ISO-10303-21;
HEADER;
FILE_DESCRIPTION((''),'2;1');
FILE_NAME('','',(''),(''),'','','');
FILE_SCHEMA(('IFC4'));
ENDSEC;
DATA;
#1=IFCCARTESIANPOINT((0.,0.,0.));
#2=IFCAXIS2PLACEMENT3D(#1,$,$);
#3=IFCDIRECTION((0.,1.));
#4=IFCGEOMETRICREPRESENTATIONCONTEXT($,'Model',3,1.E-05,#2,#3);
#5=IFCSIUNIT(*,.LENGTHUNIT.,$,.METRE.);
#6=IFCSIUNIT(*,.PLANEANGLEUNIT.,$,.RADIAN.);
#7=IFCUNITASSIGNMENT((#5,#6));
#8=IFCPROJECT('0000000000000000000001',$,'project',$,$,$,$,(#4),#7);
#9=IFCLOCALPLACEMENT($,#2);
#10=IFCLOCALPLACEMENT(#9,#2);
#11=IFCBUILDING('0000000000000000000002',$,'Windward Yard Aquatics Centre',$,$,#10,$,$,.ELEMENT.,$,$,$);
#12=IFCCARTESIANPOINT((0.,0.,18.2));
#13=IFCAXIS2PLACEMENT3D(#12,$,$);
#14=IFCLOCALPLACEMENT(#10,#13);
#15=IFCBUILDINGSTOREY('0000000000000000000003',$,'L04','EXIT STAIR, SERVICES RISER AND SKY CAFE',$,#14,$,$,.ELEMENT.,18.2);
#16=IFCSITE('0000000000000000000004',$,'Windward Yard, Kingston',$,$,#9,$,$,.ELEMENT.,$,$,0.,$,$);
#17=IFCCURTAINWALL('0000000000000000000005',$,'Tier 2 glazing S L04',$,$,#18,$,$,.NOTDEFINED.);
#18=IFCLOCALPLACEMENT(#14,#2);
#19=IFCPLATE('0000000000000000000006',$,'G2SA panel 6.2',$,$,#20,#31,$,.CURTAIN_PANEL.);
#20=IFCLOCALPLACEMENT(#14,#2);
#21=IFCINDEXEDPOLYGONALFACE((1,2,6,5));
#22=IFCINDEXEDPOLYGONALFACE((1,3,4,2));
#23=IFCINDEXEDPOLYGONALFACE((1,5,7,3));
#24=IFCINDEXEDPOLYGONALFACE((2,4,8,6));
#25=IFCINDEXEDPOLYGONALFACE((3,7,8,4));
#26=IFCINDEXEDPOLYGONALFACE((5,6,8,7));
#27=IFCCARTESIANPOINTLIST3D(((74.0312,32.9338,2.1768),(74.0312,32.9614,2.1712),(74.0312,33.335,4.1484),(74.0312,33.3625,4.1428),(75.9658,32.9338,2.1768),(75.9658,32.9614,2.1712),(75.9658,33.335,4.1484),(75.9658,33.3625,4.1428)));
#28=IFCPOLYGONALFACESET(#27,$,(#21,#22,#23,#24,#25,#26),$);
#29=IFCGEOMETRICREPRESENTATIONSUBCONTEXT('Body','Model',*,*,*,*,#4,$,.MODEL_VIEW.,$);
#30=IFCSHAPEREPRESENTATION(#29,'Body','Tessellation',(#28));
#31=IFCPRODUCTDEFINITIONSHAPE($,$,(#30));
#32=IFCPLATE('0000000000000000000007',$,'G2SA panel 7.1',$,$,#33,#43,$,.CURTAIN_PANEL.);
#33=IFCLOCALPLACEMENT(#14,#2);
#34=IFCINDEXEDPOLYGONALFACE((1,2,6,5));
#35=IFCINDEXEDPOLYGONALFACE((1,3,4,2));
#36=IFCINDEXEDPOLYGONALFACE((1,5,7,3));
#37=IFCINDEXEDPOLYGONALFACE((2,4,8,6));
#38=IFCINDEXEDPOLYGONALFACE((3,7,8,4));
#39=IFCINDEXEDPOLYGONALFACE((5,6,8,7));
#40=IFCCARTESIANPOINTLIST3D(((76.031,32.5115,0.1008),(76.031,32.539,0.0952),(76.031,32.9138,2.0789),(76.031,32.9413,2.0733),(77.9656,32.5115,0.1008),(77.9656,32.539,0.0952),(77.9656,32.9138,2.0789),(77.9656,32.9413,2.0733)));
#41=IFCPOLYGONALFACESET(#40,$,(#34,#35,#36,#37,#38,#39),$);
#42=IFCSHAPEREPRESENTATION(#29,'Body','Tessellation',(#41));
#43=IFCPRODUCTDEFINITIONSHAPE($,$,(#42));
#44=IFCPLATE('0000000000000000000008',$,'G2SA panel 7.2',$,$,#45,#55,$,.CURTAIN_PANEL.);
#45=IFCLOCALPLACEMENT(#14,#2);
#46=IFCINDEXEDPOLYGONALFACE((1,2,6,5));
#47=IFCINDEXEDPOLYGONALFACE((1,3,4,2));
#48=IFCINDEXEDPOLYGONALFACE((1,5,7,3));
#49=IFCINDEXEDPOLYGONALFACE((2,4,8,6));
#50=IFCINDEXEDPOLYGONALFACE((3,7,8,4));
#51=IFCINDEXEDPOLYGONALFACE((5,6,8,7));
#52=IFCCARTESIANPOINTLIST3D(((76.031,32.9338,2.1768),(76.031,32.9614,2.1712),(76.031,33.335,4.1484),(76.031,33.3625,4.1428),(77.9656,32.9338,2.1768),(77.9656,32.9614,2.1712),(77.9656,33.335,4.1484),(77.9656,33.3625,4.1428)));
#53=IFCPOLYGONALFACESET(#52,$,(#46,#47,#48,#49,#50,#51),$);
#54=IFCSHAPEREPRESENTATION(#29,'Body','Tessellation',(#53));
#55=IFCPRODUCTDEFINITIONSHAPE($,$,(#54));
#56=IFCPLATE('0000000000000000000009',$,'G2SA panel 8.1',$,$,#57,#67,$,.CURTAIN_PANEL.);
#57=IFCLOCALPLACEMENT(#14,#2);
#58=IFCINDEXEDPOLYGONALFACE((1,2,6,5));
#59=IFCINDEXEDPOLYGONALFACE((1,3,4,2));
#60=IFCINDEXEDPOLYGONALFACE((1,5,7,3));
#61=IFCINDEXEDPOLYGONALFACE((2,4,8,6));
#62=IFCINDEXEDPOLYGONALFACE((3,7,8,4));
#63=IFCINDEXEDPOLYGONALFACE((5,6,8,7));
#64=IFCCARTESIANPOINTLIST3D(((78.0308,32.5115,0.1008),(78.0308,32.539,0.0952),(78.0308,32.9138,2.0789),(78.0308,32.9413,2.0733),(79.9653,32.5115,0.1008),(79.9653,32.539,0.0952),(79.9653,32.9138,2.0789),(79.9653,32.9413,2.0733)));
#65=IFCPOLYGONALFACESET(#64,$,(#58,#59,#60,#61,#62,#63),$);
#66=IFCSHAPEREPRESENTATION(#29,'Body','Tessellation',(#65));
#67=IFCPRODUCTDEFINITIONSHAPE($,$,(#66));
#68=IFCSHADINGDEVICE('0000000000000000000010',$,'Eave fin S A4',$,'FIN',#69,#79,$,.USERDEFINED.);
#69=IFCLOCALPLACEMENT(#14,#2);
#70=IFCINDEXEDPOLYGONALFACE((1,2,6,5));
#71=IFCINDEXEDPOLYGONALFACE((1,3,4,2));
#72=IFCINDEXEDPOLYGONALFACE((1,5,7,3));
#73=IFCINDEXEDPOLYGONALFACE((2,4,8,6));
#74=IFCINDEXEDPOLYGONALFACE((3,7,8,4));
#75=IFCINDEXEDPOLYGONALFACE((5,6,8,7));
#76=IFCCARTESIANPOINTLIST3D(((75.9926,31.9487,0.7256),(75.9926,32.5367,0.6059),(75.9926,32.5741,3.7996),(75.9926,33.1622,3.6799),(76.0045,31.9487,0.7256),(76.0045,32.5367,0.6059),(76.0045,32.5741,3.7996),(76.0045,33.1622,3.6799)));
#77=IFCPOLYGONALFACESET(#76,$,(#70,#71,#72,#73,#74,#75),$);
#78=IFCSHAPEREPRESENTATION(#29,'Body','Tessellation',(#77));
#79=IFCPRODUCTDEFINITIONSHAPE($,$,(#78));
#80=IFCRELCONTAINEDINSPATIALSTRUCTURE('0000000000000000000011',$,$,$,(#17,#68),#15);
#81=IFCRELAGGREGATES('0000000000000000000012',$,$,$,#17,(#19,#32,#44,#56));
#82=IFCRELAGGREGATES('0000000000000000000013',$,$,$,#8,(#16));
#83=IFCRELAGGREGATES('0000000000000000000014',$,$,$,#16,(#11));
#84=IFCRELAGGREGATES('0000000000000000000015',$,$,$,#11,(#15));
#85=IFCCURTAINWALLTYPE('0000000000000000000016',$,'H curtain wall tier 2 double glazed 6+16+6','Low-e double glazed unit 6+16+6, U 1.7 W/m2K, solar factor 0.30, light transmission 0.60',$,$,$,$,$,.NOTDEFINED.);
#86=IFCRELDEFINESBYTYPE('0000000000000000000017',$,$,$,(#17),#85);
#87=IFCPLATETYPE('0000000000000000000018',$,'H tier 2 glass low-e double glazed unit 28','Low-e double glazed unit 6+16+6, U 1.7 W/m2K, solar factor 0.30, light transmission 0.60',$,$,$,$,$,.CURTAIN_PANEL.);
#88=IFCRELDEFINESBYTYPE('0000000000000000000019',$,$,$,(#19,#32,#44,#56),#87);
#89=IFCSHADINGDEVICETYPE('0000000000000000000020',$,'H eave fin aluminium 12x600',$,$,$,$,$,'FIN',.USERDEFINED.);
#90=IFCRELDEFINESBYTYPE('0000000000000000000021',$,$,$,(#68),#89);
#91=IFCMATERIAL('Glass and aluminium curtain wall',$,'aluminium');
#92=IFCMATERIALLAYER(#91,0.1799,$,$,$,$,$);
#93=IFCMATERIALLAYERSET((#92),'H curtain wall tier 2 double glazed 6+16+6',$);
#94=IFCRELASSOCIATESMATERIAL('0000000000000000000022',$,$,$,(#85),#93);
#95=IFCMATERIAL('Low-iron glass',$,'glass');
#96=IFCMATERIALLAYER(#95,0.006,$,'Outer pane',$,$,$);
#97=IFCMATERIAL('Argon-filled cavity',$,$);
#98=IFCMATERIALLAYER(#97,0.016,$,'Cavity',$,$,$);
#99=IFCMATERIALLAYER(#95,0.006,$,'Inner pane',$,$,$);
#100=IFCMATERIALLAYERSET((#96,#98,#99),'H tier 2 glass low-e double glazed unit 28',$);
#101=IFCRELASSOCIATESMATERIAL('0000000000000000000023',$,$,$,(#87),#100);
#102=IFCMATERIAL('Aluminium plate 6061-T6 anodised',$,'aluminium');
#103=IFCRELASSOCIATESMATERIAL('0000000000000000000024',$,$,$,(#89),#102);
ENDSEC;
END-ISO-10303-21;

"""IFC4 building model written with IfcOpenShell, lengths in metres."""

from ifc_helpers import new_model, si_unit, direction, frame, origin, origin_2d, place, context, subcontext, project, spatial, polyline, rectangle, outline, extrude, material, layer, layer_set, material_profile, profile_set, type_object, element, aggregate, save


model = new_model("IFC4")

# Units and contexts
model_context = context("Model", 3, precision=1e-05, world=origin(), true_north=direction((0.0, 1.0)))
body_context = subcontext(model_context, "Body", "Model", "MODEL_VIEW")
ifc_project = project(units=[si_unit("LENGTHUNIT", "METRE"), si_unit("PLANEANGLEUNIT", "RADIAN")], contexts=[model_context])

# Site, building, storey
site_placement = place(None, origin())
site = spatial("IfcSite", under=ifc_project, at=site_placement, Name="Windward Yard, Kingston", CompositionType="ELEMENT", RefElevation=0.0)
building_placement = place(site_placement, origin())
building = spatial("IfcBuilding", under=site, at=building_placement, Name="Windward Yard Aquatics Centre", CompositionType="ELEMENT")
storey_placement = place(building_placement, frame((0.0, 0.0, 18.2)))
storey = spatial("IfcBuildingStorey", under=building, at=storey_placement, Name="L04", Description="EXIT STAIR, SERVICES RISER AND SKY CAFE", CompositionType="ELEMENT", Elevation=18.2)

# Curtain wall
ifc_material_1 = material(Name="Glass and aluminium curtain wall", Category="aluminium")
ifc_layer_1 = layer(ifc_material_1, 0.1799)
ifc_layer_set_1 = layer_set([ifc_layer_1], Name="H curtain wall tier 2 double glazed 6+16+6")
curtain_wall_type = type_object("IfcCurtainWallType", Name="H curtain wall tier 2 double glazed 6+16+6", Description="Low-e double glazed unit 6+16+6, U 1.7 W/m2K, solar factor 0.30, light transmission 0.60", PredefinedType="NOTDEFINED", material=ifc_layer_set_1)
curtain_wall_placement = place(storey_placement, origin())
curtain_wall = element("IfcCurtainWall", 1, at=curtain_wall_placement, inside=storey, type_object=curtain_wall_type, Name="Tier 2 glazing S L04", PredefinedType="NOTDEFINED")

# Plates
ifc_material_2 = material(Name="Low-iron glass", Category="glass")
ifc_layer_2 = layer(ifc_material_2, 0.006, Name="Outer pane")
ifc_material_3 = material(Name="Argon-filled cavity")
ifc_layer_3 = layer(ifc_material_3, 0.016, Name="Cavity")
ifc_layer_4 = layer(ifc_material_2, 0.006, Name="Inner pane")
ifc_layer_set_2 = layer_set([ifc_layer_2, ifc_layer_3, ifc_layer_4], Name="H tier 2 glass low-e double glazed unit 28")
plate_type = type_object("IfcPlateType", Name="H tier 2 glass low-e double glazed unit 28", Description="Low-e double glazed unit 6+16+6, U 1.7 W/m2K, solar factor 0.30, light transmission 0.60", PredefinedType="CURTAIN_PANEL", material=ifc_layer_set_2)
plate_1_placement = place(storey_placement, frame((74.0312, 32.9338, 2.1768), z_axis=(0.0, -0.979927, 0.199359), x_axis=(1.0, 0.0, 0.0)))
plate_1 = element("IfcPlate", 2, at=plate_1_placement, type_object=plate_type, Name="G2SA panel 6.2", PredefinedType="CURTAIN_PANEL", context=body_context, shape_type="SweptSolid", body=[
    extrude(outline(polyline([(0.0, 0.0), (1.9346, 0.0), (1.9346, 2.0121), (0.0, 2.0121), (0.0, 0.0)])), origin(), (0.0, 0.0, -1.0), 0.0281),
])
plate_2_placement = place(storey_placement, frame((76.031, 32.5115, 0.1008), z_axis=(0.0, -0.979933, 0.199325), x_axis=(1.0, 0.0, 0.0)))
plate_2 = element("IfcPlate", 3, at=plate_2_placement, type_object=plate_type, Name="G2SA panel 7.1", PredefinedType="CURTAIN_PANEL", context=body_context, shape_type="SweptSolid", body=[
    extrude(outline(polyline([(0.0, 0.0), (1.9346, 0.0), (1.9346, 2.0185), (0.0, 2.0185), (0.0, 0.0)])), origin(), (0.0, 0.0, -1.0), 0.0281),
])
plate_3_placement = place(storey_placement, frame((76.031, 32.9338, 2.1768), z_axis=(0.0, -0.979927, 0.199359), x_axis=(1.0, 0.0, 0.0)))
plate_3 = element("IfcPlate", 4, at=plate_3_placement, type_object=plate_type, Name="G2SA panel 7.2", PredefinedType="CURTAIN_PANEL", context=body_context, shape_type="SweptSolid", body=[
    extrude(outline(polyline([(0.0, 0.0), (1.9346, 0.0), (1.9346, 2.0121), (0.0, 2.0121), (0.0, 0.0)])), origin(), (0.0, 0.0, -1.0), 0.0281),
])
plate_4_placement = place(storey_placement, frame((78.0308, 32.5115, 0.1008), z_axis=(0.0, -0.979933, 0.199325), x_axis=(1.0, 0.0, 0.0)))
plate_4 = element("IfcPlate", 5, at=plate_4_placement, type_object=plate_type, Name="G2SA panel 8.1", PredefinedType="CURTAIN_PANEL", context=body_context, shape_type="SweptSolid", body=[
    extrude(outline(polyline([(0.0, 0.0), (1.9346, 0.0), (1.9346, 2.0185), (0.0, 2.0185), (0.0, 0.0)])), origin(), (0.0, 0.0, -1.0), 0.0281),
])
aggregate(curtain_wall, [plate_1, plate_2, plate_3, plate_4])

# Shading device
ifc_material_4 = material(Name="Aluminium plate 6061-T6 anodised", Category="aluminium")
ifc_material_profile_1 = material_profile(ifc_material_4, rectangle(XDim=0.012, YDim=0.6001, at=origin_2d()), Name="H eave fin aluminium 12x600")
ifc_profile_set_1 = profile_set([ifc_material_profile_1], Name="Aluminium plate 6061-T6 anodised")
shading_device_type = type_object("IfcShadingDeviceType", Name="H eave fin aluminium 12x600", ElementType="FIN", PredefinedType="USERDEFINED", material=ifc_profile_set_1)
shading_device_placement = place(storey_placement, frame((75.9985, 32.2427, 0.6658), z_axis=(0.0, 0.199393, 0.97992), x_axis=(-1.0, 0.0, 0.0)))
element("IfcShadingDevice", 6, at=shading_device_placement, inside=storey, type_object=shading_device_type, Name="Eave fin S A4", ObjectType="FIN", PredefinedType="USERDEFINED", context=body_context, shape_type="SweptSolid", body=[
    extrude(rectangle(XDim=0.012, YDim=0.6001, at=origin_2d()), origin(), (0.0, 0.0, 1.0), 3.137),
])

save(model, "model.ifc")
